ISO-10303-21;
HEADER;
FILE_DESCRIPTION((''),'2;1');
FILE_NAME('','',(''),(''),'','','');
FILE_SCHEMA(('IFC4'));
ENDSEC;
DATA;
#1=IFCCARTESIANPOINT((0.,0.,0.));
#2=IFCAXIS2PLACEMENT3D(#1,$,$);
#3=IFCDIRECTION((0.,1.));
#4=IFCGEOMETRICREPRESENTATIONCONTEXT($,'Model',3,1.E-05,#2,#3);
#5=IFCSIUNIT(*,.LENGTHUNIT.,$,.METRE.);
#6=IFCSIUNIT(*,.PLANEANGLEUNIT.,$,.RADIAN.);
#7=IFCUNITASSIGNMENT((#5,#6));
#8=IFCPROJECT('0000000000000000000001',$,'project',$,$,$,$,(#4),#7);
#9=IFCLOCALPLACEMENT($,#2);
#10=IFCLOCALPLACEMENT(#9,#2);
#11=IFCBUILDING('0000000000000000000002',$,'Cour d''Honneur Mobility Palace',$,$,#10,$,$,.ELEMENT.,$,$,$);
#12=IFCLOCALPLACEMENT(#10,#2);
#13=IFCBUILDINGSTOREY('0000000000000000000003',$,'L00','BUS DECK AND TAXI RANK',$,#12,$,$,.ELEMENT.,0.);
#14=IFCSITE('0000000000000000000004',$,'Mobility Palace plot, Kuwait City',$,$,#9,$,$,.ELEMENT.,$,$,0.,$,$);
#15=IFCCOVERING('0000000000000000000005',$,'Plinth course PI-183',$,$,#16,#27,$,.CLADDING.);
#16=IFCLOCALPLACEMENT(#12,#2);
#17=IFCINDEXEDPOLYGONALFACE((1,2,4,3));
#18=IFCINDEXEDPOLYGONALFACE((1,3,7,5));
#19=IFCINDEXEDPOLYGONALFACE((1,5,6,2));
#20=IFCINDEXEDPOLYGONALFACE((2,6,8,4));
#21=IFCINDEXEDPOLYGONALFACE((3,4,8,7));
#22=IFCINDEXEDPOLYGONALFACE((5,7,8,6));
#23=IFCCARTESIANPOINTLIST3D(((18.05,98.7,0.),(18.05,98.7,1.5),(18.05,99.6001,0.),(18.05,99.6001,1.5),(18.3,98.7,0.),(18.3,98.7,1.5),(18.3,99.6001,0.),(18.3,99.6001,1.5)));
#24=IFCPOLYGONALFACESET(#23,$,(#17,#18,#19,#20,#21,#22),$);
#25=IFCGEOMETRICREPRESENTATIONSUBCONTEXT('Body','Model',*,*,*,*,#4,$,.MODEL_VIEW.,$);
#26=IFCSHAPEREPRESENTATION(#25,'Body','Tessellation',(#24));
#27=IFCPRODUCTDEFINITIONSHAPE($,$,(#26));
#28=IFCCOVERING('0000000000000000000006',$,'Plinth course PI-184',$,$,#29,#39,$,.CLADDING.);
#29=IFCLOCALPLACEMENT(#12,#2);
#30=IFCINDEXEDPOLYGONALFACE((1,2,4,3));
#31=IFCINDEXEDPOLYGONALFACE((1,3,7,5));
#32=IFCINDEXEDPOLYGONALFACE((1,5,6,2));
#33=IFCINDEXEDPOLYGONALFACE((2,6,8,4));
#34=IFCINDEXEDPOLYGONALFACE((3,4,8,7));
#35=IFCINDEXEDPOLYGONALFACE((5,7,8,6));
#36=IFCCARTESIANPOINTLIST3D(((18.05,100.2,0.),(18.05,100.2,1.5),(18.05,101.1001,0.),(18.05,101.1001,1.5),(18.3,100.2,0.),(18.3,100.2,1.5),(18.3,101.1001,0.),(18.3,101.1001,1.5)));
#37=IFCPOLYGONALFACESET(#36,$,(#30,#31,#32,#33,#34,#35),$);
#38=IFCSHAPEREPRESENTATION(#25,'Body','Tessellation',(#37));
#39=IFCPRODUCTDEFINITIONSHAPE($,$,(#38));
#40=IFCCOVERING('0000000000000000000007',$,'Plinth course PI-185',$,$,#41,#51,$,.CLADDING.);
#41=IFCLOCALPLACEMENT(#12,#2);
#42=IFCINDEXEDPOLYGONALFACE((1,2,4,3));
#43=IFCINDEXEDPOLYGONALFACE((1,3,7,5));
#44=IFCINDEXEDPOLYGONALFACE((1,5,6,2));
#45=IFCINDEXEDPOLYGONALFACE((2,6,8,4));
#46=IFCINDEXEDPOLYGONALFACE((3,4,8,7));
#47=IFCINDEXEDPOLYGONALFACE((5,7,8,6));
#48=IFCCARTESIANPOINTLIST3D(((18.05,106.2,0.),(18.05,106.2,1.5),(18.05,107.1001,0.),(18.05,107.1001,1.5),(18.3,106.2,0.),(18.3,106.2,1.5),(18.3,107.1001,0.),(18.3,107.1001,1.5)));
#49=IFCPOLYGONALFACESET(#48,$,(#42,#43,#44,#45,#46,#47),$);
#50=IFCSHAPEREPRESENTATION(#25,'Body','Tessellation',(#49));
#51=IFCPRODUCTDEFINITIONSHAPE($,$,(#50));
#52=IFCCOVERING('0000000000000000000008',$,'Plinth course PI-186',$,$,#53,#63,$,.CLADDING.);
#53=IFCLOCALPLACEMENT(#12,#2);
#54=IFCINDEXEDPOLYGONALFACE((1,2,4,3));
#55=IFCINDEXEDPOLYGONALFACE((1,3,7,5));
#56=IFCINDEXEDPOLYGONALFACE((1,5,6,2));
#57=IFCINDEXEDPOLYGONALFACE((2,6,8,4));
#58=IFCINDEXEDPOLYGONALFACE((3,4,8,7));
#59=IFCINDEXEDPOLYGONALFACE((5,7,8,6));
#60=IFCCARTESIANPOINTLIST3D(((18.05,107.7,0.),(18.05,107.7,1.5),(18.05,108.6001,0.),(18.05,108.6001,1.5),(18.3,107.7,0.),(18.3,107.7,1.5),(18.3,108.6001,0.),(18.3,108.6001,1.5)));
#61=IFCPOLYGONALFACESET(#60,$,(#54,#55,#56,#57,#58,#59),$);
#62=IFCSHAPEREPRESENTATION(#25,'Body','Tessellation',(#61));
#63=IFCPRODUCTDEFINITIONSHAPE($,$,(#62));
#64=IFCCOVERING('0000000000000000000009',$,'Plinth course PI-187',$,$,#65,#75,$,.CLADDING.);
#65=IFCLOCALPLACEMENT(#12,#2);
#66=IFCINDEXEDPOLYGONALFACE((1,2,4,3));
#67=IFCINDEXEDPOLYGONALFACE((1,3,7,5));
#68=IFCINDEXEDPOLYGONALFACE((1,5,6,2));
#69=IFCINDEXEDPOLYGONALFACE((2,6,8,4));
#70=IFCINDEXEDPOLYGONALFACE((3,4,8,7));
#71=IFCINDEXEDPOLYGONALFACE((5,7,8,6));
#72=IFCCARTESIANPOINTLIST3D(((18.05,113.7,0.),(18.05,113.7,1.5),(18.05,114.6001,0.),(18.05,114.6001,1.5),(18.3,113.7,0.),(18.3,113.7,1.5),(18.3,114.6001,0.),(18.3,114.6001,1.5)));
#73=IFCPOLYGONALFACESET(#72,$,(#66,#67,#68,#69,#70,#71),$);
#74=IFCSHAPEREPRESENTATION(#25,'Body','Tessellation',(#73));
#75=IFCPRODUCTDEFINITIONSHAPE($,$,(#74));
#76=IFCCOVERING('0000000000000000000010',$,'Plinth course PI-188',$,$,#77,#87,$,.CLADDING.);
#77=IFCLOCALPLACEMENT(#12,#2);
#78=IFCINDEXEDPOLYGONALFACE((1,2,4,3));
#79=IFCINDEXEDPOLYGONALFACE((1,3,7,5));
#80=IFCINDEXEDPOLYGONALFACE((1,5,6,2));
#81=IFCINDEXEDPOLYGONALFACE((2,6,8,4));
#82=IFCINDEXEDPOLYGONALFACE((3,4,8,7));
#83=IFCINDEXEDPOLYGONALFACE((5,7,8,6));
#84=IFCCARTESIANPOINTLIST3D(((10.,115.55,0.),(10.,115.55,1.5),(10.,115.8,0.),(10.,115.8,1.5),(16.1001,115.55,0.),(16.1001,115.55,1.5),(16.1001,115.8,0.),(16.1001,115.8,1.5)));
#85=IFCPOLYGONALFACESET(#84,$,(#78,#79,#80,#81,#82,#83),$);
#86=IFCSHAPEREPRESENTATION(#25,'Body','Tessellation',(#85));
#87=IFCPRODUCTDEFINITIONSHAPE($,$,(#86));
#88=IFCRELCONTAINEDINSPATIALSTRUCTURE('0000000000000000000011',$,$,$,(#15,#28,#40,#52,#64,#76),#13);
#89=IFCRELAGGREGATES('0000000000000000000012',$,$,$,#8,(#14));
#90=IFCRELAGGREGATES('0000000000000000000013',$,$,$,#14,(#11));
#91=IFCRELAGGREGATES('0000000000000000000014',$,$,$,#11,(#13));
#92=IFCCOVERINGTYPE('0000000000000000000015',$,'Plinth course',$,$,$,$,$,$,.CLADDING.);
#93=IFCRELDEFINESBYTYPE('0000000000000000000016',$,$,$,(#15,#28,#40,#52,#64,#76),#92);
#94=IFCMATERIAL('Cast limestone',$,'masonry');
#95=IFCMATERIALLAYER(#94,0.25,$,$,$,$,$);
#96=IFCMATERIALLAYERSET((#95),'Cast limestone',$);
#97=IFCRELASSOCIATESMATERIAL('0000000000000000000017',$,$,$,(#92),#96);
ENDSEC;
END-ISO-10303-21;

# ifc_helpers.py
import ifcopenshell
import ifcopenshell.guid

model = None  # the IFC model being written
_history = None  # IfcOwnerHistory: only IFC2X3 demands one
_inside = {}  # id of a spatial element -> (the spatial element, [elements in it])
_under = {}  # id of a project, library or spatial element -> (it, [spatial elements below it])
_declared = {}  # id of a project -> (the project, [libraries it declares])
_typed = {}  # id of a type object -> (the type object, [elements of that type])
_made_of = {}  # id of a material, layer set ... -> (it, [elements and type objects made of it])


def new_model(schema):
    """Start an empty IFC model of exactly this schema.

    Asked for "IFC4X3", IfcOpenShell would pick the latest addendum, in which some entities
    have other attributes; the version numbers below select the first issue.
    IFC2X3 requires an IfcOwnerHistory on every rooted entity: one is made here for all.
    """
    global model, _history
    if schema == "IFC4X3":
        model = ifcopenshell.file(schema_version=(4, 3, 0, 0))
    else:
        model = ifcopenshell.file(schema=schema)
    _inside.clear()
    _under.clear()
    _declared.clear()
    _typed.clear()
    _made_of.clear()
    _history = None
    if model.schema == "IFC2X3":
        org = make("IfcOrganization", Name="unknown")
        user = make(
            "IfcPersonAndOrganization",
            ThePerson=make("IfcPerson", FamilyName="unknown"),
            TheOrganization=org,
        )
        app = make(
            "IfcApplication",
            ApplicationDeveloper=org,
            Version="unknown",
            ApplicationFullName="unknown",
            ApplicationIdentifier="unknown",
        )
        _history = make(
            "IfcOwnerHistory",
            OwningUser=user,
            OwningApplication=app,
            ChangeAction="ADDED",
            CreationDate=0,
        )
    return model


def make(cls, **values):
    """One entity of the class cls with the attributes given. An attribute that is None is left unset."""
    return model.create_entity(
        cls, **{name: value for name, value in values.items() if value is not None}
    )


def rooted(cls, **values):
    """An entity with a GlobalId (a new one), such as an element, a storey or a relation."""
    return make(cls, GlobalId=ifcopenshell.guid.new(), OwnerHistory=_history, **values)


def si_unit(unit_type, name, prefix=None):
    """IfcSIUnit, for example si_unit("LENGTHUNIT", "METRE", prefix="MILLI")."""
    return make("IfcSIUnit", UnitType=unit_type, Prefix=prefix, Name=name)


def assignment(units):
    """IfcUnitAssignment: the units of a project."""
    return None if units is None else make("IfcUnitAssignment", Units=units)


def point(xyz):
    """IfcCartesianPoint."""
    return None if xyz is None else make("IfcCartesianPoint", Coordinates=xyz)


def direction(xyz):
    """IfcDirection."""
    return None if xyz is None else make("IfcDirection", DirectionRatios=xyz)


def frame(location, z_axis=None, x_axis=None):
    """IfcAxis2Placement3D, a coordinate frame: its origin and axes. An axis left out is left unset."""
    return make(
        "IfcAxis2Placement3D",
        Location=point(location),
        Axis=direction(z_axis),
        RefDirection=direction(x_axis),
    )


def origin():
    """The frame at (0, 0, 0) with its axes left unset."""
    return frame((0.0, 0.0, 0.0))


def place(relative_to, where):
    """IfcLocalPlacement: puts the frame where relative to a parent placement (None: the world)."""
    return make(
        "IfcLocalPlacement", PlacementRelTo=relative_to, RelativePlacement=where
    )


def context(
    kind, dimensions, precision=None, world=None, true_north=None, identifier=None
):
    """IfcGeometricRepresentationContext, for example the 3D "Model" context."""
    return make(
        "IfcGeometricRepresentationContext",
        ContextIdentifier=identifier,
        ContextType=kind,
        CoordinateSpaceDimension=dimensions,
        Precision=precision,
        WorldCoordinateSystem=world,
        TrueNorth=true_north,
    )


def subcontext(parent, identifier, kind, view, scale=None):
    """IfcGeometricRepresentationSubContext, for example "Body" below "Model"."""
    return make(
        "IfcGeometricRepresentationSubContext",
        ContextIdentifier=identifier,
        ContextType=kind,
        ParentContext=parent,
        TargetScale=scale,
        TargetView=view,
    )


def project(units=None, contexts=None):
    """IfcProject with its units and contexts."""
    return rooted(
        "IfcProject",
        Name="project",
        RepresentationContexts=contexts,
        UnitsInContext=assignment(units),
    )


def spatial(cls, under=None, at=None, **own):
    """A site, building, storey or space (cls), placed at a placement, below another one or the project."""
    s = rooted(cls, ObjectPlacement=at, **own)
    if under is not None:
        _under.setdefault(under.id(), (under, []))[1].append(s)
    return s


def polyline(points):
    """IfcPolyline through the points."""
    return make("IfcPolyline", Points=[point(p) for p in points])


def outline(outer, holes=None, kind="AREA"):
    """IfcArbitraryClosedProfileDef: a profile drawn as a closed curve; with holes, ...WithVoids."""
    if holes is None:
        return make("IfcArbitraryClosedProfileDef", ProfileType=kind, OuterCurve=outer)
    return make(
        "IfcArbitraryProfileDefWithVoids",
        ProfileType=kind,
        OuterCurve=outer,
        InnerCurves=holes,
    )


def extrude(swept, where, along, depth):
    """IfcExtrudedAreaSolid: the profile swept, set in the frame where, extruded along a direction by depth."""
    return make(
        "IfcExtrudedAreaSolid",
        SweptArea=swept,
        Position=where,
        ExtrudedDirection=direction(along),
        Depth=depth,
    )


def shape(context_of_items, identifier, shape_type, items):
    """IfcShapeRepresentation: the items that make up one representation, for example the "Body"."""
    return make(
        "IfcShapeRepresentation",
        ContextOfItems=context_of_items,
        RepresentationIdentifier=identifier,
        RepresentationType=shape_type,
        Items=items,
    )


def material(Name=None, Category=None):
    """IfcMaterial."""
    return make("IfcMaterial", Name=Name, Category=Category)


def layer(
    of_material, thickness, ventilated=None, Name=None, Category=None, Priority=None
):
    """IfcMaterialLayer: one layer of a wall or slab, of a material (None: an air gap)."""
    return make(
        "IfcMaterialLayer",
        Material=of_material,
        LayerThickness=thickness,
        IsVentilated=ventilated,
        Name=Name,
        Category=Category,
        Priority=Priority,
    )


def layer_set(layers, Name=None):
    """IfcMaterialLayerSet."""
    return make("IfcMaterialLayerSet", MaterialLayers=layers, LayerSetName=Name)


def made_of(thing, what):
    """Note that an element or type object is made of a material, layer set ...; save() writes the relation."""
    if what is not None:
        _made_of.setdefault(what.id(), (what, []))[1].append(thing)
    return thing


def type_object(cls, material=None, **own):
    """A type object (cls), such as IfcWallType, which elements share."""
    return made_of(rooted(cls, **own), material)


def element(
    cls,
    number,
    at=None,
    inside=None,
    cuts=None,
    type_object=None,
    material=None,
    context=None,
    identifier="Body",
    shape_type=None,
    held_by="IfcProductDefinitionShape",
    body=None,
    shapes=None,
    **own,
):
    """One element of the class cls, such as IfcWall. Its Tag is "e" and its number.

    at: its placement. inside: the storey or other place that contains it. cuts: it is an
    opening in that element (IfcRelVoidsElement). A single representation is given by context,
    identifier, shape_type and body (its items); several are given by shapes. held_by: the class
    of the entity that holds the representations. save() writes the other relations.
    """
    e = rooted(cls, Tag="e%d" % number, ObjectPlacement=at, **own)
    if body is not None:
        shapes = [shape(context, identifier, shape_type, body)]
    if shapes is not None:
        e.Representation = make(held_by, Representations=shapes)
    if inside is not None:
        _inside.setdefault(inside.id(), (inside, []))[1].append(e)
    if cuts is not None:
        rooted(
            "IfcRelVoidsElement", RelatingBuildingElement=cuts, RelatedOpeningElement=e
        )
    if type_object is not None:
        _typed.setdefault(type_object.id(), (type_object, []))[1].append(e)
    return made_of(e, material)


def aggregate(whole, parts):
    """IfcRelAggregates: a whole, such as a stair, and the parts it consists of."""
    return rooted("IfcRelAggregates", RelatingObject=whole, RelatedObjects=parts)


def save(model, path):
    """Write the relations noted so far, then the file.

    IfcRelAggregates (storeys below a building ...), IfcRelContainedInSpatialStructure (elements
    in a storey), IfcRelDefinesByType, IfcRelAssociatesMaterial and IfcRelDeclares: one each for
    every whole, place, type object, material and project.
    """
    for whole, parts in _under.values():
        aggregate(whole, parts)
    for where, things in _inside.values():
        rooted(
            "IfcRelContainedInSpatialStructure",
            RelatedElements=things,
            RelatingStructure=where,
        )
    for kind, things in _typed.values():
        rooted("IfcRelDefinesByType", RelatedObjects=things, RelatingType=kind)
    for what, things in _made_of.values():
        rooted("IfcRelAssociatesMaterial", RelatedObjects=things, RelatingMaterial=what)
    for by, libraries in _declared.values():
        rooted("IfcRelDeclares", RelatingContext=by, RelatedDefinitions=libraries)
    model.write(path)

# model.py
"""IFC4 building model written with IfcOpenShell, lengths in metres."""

from ifc_helpers import new_model, si_unit, direction, origin, place, context, subcontext, project, spatial, polyline, outline, extrude, material, layer, layer_set, type_object, element, save


model = new_model("IFC4")

# Units and contexts
model_context = context("Model", 3, precision=1e-05, world=origin(), true_north=direction((0.0, 1.0)))
body_context = subcontext(model_context, "Body", "Model", "MODEL_VIEW")
ifc_project = project(units=[si_unit("LENGTHUNIT", "METRE"), si_unit("PLANEANGLEUNIT", "RADIAN")], contexts=[model_context])

# Site, building, storey
site_placement = place(None, origin())
site = spatial("IfcSite", under=ifc_project, at=site_placement, Name="Mobility Palace plot, Kuwait City", CompositionType="ELEMENT", RefElevation=0.0)
building_placement = place(site_placement, origin())
building = spatial("IfcBuilding", under=site, at=building_placement, Name="Cour d'Honneur Mobility Palace", CompositionType="ELEMENT")
storey_placement = place(building_placement, origin())
storey = spatial("IfcBuildingStorey", under=building, at=storey_placement, Name="L00", Description="BUS DECK AND TAXI RANK", CompositionType="ELEMENT", Elevation=0.0)

# Coverings
ifc_material = material(Name="Cast limestone", Category="masonry")
ifc_layer = layer(ifc_material, 0.25)
ifc_layer_set = layer_set([ifc_layer], Name="Cast limestone")
covering_type = type_object("IfcCoveringType", Name="Plinth course", PredefinedType="CLADDING", material=ifc_layer_set)
covering_1_placement = place(storey_placement, origin())
element("IfcCovering", 1, at=covering_1_placement, inside=storey, type_object=covering_type, Name="Plinth course PI-183", PredefinedType="CLADDING", context=body_context, shape_type="SweptSolid", body=[
    extrude(outline(polyline([(18.05, 98.7), (18.05, 99.6001), (18.3, 99.6001), (18.3, 98.7), (18.05, 98.7)])), origin(), (0.0, 0.0, 1.0), 1.5),
])
covering_2_placement = place(storey_placement, origin())
element("IfcCovering", 2, at=covering_2_placement, inside=storey, type_object=covering_type, Name="Plinth course PI-184", PredefinedType="CLADDING", context=body_context, shape_type="SweptSolid", body=[
    extrude(outline(polyline([(18.05, 100.2), (18.05, 101.1001), (18.3, 101.1001), (18.3, 100.2), (18.05, 100.2)])), origin(), (0.0, 0.0, 1.0), 1.5),
])
covering_3_placement = place(storey_placement, origin())
element("IfcCovering", 3, at=covering_3_placement, inside=storey, type_object=covering_type, Name="Plinth course PI-185", PredefinedType="CLADDING", context=body_context, shape_type="SweptSolid", body=[
    extrude(outline(polyline([(18.05, 106.2), (18.05, 107.1001), (18.3, 107.1001), (18.3, 106.2), (18.05, 106.2)])), origin(), (0.0, 0.0, 1.0), 1.5),
])
covering_4_placement = place(storey_placement, origin())
element("IfcCovering", 4, at=covering_4_placement, inside=storey, type_object=covering_type, Name="Plinth course PI-186", PredefinedType="CLADDING", context=body_context, shape_type="SweptSolid", body=[
    extrude(outline(polyline([(18.05, 107.7), (18.05, 108.6001), (18.3, 108.6001), (18.3, 107.7), (18.05, 107.7)])), origin(), (0.0, 0.0, 1.0), 1.5),
])
covering_5_placement = place(storey_placement, origin())
element("IfcCovering", 5, at=covering_5_placement, inside=storey, type_object=covering_type, Name="Plinth course PI-187", PredefinedType="CLADDING", context=body_context, shape_type="SweptSolid", body=[
    extrude(outline(polyline([(18.05, 113.7), (18.05, 114.6001), (18.3, 114.6001), (18.3, 113.7), (18.05, 113.7)])), origin(), (0.0, 0.0, 1.0), 1.5),
])
covering_6_placement = place(storey_placement, origin())
element("IfcCovering", 6, at=covering_6_placement, inside=storey, type_object=covering_type, Name="Plinth course PI-188", PredefinedType="CLADDING", context=body_context, shape_type="SweptSolid", body=[
    extrude(outline(polyline([(16.1001, 115.55), (10.0, 115.55), (10.0, 115.8), (16.1001, 115.8), (16.1001, 115.55)])), origin(), (0.0, 0.0, 1.0), 1.5),
])

save(model, "model.ifc")
